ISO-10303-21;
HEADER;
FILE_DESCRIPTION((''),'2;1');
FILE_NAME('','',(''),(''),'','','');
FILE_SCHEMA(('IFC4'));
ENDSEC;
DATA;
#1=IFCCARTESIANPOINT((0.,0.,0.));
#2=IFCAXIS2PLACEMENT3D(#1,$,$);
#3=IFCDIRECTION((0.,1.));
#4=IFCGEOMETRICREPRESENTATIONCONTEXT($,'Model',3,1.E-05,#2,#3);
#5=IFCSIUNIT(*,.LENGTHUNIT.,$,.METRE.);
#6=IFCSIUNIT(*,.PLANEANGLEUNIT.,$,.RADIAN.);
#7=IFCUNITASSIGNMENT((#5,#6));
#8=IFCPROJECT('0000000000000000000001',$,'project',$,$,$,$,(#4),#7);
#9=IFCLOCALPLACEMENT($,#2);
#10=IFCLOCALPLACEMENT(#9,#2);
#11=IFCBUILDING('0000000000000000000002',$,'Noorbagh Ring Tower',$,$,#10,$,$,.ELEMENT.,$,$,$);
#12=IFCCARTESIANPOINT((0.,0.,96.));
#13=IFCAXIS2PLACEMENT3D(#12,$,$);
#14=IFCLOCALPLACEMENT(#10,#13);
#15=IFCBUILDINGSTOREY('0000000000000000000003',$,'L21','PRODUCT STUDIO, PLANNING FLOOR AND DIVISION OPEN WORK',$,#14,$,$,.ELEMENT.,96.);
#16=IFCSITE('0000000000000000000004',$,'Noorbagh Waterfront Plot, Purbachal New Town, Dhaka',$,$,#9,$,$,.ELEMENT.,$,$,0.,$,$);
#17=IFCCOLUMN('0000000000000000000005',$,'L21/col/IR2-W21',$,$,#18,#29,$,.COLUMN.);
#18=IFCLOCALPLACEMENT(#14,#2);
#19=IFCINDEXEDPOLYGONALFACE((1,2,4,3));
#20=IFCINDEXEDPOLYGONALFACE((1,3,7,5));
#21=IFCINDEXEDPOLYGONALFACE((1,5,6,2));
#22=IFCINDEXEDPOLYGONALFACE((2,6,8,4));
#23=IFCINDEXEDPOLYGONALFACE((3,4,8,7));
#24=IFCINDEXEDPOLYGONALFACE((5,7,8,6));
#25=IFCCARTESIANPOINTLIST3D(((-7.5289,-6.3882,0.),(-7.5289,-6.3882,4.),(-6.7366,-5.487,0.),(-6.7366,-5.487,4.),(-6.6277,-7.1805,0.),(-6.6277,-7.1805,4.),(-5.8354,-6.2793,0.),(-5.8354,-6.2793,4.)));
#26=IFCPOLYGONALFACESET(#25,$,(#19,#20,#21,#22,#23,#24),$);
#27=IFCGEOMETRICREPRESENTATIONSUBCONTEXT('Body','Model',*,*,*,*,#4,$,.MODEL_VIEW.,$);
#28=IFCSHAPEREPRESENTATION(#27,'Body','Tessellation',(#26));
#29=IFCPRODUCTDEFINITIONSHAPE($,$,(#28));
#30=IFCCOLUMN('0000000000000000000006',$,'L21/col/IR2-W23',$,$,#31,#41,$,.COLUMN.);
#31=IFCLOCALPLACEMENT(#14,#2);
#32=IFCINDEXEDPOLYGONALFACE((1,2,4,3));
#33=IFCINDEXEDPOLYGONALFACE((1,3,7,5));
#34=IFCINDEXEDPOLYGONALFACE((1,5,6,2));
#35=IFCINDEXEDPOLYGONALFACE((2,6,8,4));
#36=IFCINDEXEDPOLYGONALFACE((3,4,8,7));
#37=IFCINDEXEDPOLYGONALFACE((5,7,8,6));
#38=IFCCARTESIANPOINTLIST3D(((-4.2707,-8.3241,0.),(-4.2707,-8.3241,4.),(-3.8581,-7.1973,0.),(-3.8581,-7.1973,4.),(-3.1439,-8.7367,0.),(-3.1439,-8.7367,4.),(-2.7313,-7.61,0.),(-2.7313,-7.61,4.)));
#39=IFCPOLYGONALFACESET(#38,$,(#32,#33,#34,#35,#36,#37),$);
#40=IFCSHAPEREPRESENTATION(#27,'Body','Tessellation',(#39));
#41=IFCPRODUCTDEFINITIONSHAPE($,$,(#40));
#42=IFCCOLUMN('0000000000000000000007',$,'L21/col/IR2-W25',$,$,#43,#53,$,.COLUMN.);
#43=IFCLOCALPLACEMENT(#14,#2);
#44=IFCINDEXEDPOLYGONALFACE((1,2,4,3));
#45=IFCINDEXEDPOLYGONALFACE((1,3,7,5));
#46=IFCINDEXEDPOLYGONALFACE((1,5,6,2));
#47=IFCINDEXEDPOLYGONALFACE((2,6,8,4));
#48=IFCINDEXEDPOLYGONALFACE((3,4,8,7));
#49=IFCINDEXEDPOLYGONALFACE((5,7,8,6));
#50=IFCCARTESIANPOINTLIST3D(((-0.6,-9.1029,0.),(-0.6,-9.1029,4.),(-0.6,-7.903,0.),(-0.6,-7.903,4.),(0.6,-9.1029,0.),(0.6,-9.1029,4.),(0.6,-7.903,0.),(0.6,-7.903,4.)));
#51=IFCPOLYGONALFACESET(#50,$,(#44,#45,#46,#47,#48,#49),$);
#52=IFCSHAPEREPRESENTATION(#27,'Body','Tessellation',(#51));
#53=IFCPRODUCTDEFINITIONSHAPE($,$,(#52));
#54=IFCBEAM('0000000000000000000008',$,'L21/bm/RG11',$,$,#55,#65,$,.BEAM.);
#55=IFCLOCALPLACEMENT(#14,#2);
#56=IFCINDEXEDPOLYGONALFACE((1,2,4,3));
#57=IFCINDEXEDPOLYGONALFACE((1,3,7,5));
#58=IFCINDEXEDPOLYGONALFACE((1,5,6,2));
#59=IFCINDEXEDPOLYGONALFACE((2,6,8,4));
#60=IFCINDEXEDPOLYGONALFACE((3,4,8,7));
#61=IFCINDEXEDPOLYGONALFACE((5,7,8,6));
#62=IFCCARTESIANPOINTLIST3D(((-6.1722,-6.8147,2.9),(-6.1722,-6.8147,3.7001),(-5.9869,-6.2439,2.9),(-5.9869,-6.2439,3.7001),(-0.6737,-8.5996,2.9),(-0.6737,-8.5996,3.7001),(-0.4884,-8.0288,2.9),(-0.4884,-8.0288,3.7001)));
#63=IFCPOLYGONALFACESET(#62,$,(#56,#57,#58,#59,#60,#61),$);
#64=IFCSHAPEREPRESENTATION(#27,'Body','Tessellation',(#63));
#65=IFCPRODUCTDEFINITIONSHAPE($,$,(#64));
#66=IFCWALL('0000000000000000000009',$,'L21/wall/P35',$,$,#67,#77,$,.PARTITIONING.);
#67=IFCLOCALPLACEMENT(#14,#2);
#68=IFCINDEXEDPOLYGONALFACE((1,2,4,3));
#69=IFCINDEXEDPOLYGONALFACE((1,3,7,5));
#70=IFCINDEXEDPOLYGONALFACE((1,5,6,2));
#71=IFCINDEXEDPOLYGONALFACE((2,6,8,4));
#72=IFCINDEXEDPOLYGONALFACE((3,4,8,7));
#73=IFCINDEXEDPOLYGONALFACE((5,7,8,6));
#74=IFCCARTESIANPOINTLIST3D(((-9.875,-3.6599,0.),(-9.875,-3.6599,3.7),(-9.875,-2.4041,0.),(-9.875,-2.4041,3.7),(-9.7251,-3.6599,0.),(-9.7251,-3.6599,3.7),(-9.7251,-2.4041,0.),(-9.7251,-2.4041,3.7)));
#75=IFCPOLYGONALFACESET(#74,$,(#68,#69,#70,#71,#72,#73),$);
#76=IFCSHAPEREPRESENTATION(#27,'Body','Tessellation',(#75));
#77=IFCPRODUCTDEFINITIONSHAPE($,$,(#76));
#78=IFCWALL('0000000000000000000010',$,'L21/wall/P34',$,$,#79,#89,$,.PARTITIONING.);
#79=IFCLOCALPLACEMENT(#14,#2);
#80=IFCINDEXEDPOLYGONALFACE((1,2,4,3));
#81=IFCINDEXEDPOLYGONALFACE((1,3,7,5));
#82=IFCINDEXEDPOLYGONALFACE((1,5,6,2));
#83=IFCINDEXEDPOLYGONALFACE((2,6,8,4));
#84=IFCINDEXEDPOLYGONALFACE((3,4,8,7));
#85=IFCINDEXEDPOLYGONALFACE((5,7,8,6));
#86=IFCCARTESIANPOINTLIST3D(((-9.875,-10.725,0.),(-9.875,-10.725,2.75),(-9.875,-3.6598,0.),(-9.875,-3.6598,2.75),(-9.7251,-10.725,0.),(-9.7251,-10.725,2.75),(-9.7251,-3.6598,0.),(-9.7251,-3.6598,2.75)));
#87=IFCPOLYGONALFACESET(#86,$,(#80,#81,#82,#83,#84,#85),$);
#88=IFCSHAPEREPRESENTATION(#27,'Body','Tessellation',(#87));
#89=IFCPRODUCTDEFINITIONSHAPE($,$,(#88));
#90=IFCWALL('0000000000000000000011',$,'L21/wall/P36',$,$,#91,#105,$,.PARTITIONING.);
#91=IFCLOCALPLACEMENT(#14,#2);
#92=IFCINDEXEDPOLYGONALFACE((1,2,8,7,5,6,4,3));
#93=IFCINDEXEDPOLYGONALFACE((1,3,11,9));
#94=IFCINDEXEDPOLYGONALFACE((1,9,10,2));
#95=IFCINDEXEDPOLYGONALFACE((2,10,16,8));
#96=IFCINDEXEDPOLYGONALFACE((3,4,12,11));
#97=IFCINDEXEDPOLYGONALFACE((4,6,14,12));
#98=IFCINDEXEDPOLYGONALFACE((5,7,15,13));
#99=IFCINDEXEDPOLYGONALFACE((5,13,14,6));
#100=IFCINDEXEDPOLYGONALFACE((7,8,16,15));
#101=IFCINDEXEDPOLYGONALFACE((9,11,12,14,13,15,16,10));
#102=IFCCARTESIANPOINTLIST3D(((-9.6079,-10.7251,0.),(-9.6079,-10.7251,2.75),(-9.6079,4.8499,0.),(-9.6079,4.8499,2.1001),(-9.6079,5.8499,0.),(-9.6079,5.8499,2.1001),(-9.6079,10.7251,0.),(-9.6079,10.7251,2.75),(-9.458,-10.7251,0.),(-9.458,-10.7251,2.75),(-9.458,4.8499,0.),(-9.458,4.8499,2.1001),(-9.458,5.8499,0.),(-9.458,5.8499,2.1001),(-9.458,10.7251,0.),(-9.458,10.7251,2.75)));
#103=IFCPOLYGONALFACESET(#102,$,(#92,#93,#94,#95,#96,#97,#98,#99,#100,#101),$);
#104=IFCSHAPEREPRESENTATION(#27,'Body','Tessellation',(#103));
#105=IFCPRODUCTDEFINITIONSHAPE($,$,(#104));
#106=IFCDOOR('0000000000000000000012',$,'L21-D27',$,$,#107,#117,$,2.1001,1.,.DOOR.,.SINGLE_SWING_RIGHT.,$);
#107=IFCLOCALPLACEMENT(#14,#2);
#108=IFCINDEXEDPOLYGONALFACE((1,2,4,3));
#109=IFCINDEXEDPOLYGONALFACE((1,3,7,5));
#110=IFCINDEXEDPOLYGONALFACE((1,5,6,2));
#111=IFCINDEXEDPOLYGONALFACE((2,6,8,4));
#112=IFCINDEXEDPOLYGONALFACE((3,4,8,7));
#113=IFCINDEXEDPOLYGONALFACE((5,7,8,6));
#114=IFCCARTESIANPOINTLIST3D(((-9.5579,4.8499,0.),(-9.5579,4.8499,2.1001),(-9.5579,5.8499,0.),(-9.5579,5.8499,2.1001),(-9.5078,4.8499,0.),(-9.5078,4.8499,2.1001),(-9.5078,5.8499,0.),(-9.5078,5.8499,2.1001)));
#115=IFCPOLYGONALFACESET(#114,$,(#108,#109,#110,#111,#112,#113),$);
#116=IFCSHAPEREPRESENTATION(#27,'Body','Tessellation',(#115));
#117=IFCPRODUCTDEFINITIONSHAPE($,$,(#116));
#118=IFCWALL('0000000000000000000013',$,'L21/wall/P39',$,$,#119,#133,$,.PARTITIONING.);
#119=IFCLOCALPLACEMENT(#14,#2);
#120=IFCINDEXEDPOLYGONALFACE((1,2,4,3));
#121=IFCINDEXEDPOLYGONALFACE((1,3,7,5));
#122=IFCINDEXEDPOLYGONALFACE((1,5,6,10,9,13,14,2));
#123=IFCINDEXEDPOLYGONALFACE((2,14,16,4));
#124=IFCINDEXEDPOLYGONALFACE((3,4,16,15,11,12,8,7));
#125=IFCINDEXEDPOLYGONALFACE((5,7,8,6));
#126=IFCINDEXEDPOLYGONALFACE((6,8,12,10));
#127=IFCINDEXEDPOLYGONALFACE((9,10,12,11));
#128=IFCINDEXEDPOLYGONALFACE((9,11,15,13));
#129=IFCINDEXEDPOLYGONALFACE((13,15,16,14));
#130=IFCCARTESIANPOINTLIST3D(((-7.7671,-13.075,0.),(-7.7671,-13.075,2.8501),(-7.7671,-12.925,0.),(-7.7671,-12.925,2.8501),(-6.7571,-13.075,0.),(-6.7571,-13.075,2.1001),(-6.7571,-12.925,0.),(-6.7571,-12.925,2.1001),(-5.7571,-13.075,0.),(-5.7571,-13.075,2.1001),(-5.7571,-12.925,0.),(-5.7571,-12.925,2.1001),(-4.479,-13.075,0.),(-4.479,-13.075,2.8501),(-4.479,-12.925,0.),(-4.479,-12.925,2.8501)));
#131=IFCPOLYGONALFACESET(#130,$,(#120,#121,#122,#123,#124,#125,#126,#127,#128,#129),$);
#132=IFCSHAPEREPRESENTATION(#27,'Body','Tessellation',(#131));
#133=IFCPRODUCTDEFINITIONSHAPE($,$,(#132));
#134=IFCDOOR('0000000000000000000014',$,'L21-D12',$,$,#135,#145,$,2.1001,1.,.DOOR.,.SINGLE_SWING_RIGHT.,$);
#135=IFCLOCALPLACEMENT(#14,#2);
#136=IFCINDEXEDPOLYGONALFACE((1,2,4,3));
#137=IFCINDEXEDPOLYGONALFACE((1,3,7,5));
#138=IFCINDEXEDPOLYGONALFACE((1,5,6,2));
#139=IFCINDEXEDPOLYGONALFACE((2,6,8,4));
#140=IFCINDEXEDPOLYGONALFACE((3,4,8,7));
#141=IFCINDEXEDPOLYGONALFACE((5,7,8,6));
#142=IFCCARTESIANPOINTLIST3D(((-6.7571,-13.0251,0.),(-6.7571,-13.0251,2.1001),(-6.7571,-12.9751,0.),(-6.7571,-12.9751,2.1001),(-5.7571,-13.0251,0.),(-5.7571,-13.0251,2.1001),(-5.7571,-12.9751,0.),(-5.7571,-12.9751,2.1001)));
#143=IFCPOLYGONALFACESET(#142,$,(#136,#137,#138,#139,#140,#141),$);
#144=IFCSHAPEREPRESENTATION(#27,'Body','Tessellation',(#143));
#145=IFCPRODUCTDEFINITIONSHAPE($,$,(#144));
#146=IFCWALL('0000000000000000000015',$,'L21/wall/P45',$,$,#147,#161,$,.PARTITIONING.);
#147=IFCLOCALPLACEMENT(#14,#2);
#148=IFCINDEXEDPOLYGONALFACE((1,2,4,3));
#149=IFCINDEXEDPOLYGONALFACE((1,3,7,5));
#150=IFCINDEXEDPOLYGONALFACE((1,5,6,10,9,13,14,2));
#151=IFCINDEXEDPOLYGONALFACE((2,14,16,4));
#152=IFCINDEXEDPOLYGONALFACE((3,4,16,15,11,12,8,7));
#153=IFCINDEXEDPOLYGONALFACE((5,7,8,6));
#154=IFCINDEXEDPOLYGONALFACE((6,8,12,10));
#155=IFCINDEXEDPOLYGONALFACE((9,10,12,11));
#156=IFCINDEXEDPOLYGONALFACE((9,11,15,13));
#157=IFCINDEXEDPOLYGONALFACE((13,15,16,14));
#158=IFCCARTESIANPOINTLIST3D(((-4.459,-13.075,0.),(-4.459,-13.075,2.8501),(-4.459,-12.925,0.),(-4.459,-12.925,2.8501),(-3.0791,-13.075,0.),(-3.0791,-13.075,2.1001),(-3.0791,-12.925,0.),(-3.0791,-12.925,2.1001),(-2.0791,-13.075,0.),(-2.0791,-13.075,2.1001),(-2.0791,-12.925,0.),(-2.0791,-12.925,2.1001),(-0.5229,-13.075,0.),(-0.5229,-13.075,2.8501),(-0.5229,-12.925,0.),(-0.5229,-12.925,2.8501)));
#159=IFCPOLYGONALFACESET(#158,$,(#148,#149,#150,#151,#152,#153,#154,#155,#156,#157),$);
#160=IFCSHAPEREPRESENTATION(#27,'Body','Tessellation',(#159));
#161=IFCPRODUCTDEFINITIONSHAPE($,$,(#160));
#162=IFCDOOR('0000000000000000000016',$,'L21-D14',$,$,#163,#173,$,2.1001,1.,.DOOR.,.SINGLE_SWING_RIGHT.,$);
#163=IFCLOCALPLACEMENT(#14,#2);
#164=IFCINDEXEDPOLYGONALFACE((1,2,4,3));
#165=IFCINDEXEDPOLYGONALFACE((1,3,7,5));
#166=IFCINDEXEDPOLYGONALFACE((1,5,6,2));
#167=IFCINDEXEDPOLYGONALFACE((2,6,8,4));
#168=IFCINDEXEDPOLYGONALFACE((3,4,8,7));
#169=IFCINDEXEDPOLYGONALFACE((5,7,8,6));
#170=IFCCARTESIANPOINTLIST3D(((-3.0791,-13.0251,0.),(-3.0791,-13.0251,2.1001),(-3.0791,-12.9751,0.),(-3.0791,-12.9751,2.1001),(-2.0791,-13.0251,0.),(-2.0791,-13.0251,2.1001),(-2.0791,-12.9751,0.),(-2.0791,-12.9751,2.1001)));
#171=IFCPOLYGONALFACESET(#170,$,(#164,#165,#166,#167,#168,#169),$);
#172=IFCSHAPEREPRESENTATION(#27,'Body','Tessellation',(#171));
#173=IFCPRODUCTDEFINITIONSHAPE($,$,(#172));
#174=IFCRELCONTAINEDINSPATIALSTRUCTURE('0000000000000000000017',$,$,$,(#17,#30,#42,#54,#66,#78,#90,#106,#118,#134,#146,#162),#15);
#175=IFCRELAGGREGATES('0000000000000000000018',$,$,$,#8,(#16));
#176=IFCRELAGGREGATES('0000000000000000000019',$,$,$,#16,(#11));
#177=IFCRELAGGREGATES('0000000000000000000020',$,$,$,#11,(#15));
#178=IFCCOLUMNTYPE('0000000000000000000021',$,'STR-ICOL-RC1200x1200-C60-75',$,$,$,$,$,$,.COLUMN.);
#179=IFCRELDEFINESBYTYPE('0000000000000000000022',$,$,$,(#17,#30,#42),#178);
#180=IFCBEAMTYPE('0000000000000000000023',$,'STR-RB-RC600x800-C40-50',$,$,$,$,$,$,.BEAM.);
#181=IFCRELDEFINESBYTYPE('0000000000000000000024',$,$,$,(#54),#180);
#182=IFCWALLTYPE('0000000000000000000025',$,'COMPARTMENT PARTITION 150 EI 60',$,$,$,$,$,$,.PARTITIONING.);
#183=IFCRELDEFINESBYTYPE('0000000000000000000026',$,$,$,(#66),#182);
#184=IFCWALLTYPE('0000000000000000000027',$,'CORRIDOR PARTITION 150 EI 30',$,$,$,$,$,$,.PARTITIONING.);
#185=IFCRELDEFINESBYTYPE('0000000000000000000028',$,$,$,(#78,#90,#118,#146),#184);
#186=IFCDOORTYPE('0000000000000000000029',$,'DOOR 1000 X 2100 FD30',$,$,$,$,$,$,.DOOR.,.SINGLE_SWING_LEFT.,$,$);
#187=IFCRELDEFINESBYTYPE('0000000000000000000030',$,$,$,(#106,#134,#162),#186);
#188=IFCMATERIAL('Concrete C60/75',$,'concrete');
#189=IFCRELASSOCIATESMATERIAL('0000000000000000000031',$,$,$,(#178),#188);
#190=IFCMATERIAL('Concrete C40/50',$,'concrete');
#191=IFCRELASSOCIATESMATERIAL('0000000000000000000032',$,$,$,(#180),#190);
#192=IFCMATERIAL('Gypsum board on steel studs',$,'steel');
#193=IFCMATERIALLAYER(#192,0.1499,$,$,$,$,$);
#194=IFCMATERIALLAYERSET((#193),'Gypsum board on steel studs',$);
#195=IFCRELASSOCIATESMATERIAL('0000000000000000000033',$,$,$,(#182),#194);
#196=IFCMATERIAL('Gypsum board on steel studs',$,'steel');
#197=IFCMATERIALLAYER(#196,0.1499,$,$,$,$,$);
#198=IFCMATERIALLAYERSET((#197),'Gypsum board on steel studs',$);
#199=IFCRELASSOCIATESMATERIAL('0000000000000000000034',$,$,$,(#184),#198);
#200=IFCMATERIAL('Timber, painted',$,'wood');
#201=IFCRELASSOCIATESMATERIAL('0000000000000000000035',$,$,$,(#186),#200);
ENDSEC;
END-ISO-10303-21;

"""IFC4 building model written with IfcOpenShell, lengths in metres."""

from ifc_helpers import new_model, si_unit, direction, frame, frame_2d, origin, origin_2d, place, context, subcontext, project, spatial, rectangle, extrude, material, layer, layer_set, material_profile, profile_set, type_object, element, fill, save


model = new_model("IFC4")

# Units and contexts
model_context = context("Model", 3, precision=1e-05, world=origin(), true_north=direction((0.0, 1.0)))
body_context = subcontext(model_context, "Body", "Model", "MODEL_VIEW")
ifc_project = project(units=[si_unit("LENGTHUNIT", "METRE"), si_unit("PLANEANGLEUNIT", "RADIAN")], contexts=[model_context])

# Site, building, storey
site_placement = place(None, origin())
site = spatial("IfcSite", under=ifc_project, at=site_placement, Name="Noorbagh Waterfront Plot, Purbachal New Town, Dhaka", CompositionType="ELEMENT", RefElevation=0.0)
building_placement = place(site_placement, origin())
building = spatial("IfcBuilding", under=site, at=building_placement, Name="Noorbagh Ring Tower", CompositionType="ELEMENT")
storey_placement = place(building_placement, frame((0.0, 0.0, 96.0)))
storey = spatial("IfcBuildingStorey", under=building, at=storey_placement, Name="L21", Description="PRODUCT STUDIO, PLANNING FLOOR AND DIVISION OPEN WORK", CompositionType="ELEMENT", Elevation=96.0)

# Columns
ifc_material_1 = material(Name="Concrete C60/75", Category="concrete")
ifc_material_profile_1 = material_profile(ifc_material_1, rectangle(XDim=1.2, YDim=1.2, at=origin_2d()), Name="RC1200x1200")
ifc_profile_set_1 = profile_set([ifc_material_profile_1], Name="Concrete C60/75")
column_type = type_object("IfcColumnType", Name="STR-ICOL-RC1200x1200-C60-75", PredefinedType="COLUMN", material=ifc_profile_set_1)
for number, where, z_axis, x_axis, name in (
    (1, (-6.6821, -6.3337, 0.0), (0.0, 0.0, 1.0), (0.751022, -0.660277, 0.0), "L21/col/IR2-W21"),
    (2, (-3.501, -7.967, 0.0), (0.0, 0.0, 1.0), (0.93902, -0.343864, 0.0), "L21/col/IR2-W23"),
    (3, (0.0, -8.5029, 0.0), (0.0, 0.0, 1.0), (1.0, 0.0, 0.0), "L21/col/IR2-W25"),
):
    element("IfcColumn", number, at=place(storey_placement, frame(where, z_axis=z_axis, x_axis=x_axis)), inside=storey, type_object=column_type, Name=name, PredefinedType="COLUMN", context=body_context, shape_type="SweptSolid", body=[
        extrude(rectangle(XDim=1.2, YDim=1.2, at=origin_2d()), origin(), (0.0, 0.0, 1.0), 4.0),
    ])

# Beam
ifc_material_2 = material(Name="Concrete C40/50", Category="concrete")
ifc_material_profile_2 = material_profile(ifc_material_2, rectangle(XDim=0.6001, YDim=0.8, at=origin_2d()), Name="RC600x800")
ifc_profile_set_2 = profile_set([ifc_material_profile_2], Name="Concrete C40/50")
beam_type = type_object("IfcBeamType", Name="STR-RB-RC600x800-C40-50", PredefinedType="BEAM", material=ifc_profile_set_2)
beam_placement = place(storey_placement, frame((-6.0796, -6.5293, 3.3), z_axis=(0.951141, -0.308756, 0.0), x_axis=(0.308756, 0.951141, 0.0)))
element("IfcBeam", 4, at=beam_placement, inside=storey, type_object=beam_type, Name="L21/bm/RG11", PredefinedType="BEAM", context=body_context, shape_type="SweptSolid", body=[
    extrude(rectangle(XDim=0.6001, YDim=0.8, at=origin_2d()), origin(), (0.0, 0.0, 1.0), 5.781),
])

# Walls
ifc_material_3 = material(Name="Gypsum board on steel studs", Category="steel")
ifc_layer_1 = layer(ifc_material_3, 0.1499)
ifc_layer_set_1 = layer_set([ifc_layer_1], Name="Gypsum board on steel studs")
wall_type_1 = type_object("IfcWallType", Name="COMPARTMENT PARTITION 150 EI 60", PredefinedType="PARTITIONING", material=ifc_layer_set_1)
wall_1_placement = place(storey_placement, frame((-9.8, -3.6599, 0.0), z_axis=(0.0, 0.0, 1.0), x_axis=(0.0, 1.0, 0.0)))
element("IfcWall", 5, at=wall_1_placement, inside=storey, type_object=wall_type_1, Name="L21/wall/P35", PredefinedType="PARTITIONING", context=body_context, shape_type="SweptSolid", body=[
    extrude(rectangle(XDim=1.2559, YDim=0.1499, at=frame_2d((0.6279, 0.0))), origin(), (0.0, 0.0, 1.0), 3.7),
])
ifc_material_4 = material(Name="Gypsum board on steel studs", Category="steel")
ifc_layer_2 = layer(ifc_material_4, 0.1499)
ifc_layer_set_2 = layer_set([ifc_layer_2], Name="Gypsum board on steel studs")
wall_type_2 = type_object("IfcWallType", Name="CORRIDOR PARTITION 150 EI 30", PredefinedType="PARTITIONING", material=ifc_layer_set_2)
wall_2_placement = place(storey_placement, frame((-9.8, -10.7251, 0.0), z_axis=(0.0, 0.0, 1.0), x_axis=(0.0, 1.0, 0.0)))
element("IfcWall", 6, at=wall_2_placement, inside=storey, type_object=wall_type_2, Name="L21/wall/P34", PredefinedType="PARTITIONING", context=body_context, shape_type="SweptSolid", body=[
    extrude(rectangle(XDim=7.0652, YDim=0.1499, at=frame_2d((3.5327, 0.0))), origin(), (0.0, 0.0, 1.0), 2.75),
])

# Walls, openings, doors
wall_3_placement = place(storey_placement, frame((-9.533, -10.7251, 0.0), z_axis=(0.0, 0.0, 1.0), x_axis=(0.0, 1.0, 0.0)))
wall_3 = element("IfcWall", 7, at=wall_3_placement, inside=storey, type_object=wall_type_2, Name="L21/wall/P36", PredefinedType="PARTITIONING", context=body_context, shape_type="SweptSolid", body=[
    extrude(rectangle(XDim=21.4502, YDim=0.1499, at=frame_2d((10.7251, 0.0))), origin(), (0.0, 0.0, 1.0), 2.75),
])
opening_1_placement = place(wall_3_placement, frame((15.575, 0.0, 0.0)))
opening_1 = element("IfcOpeningElement", 8, at=opening_1_placement, cuts=wall_3, PredefinedType="OPENING", context=body_context, shape_type="SweptSolid", body=[
    extrude(rectangle(XDim=1.0, YDim=2.1001, at=frame_2d((0.5, 1.05))), frame((0.0, 0.085, 0.0), z_axis=(0.0, -1.0, 0.0), x_axis=(1.0, 0.0, 0.0)), (0.0, 0.0, 1.0), 0.1699),
])
ifc_material_5 = material(Name="Timber, painted", Category="wood")
door_type = type_object("IfcDoorType", Name="DOOR 1000 X 2100 FD30", OperationType="SINGLE_SWING_LEFT", PredefinedType="DOOR", material=ifc_material_5)
door_1_placement = place(opening_1_placement, origin())
door_1 = element("IfcDoor", 9, at=door_1_placement, inside=storey, type_object=door_type, Name="L21-D27", OperationType="SINGLE_SWING_RIGHT", OverallHeight=2.1001, OverallWidth=1.0, PredefinedType="DOOR", context=body_context, shape_type="SweptSolid", body=[
    extrude(rectangle(XDim=1.0, YDim=2.1001, at=frame_2d((0.5, 1.05))), frame((0.0, 0.0249, 0.0), z_axis=(0.0, -1.0, 0.0), x_axis=(1.0, 0.0, 0.0)), (0.0, 0.0, 1.0), 0.05),
])
fill(opening_1, door_1)
wall_4_placement = place(storey_placement, frame((-7.7671, -13.0, 0.0), z_axis=(0.0, 0.0, 1.0), x_axis=(1.0, 0.0, 0.0)))
wall_4 = element("IfcWall", 10, at=wall_4_placement, inside=storey, type_object=wall_type_2, Name="L21/wall/P39", PredefinedType="PARTITIONING", context=body_context, shape_type="SweptSolid", body=[
    extrude(rectangle(XDim=3.2881, YDim=0.1499, at=frame_2d((1.644, 0.0))), origin(), (0.0, 0.0, 1.0), 2.8501),
])
opening_2_placement = place(wall_4_placement, frame((1.01, 0.0, 0.0)))
opening_2 = element("IfcOpeningElement", 11, at=opening_2_placement, cuts=wall_4, PredefinedType="OPENING", context=body_context, shape_type="SweptSolid", body=[
    extrude(rectangle(XDim=1.0, YDim=2.1001, at=frame_2d((0.5, 1.05))), frame((0.0, 0.085, 0.0), z_axis=(0.0, -1.0, 0.0), x_axis=(1.0, 0.0, 0.0)), (0.0, 0.0, 1.0), 0.1699),
])
door_2_placement = place(opening_2_placement, origin())
door_2 = element("IfcDoor", 12, at=door_2_placement, inside=storey, type_object=door_type, Name="L21-D12", OperationType="SINGLE_SWING_RIGHT", OverallHeight=2.1001, OverallWidth=1.0, PredefinedType="DOOR", context=body_context, shape_type="SweptSolid", body=[
    extrude(rectangle(XDim=1.0, YDim=2.1001, at=frame_2d((0.5, 1.05))), frame((0.0, 0.0249, 0.0), z_axis=(0.0, -1.0, 0.0), x_axis=(1.0, 0.0, 0.0)), (0.0, 0.0, 1.0), 0.05),
])
fill(opening_2, door_2)
wall_5_placement = place(storey_placement, frame((-4.459, -13.0, 0.0), z_axis=(0.0, 0.0, 1.0), x_axis=(1.0, 0.0, 0.0)))
wall_5 = element("IfcWall", 13, at=wall_5_placement, inside=storey, type_object=wall_type_2, Name="L21/wall/P45", PredefinedType="PARTITIONING", context=body_context, shape_type="SweptSolid", body=[
    extrude(rectangle(XDim=3.936, YDim=0.1499, at=frame_2d((1.968, 0.0))), origin(), (0.0, 0.0, 1.0), 2.8501),
])
opening_3_placement = place(wall_5_placement, frame((1.3799, 0.0, 0.0)))
opening_3 = element("IfcOpeningElement", 14, at=opening_3_placement, cuts=wall_5, PredefinedType="OPENING", context=body_context, shape_type="SweptSolid", body=[
    extrude(rectangle(XDim=1.0, YDim=2.1001, at=frame_2d((0.5, 1.05))), frame((0.0, 0.085, 0.0), z_axis=(0.0, -1.0, 0.0), x_axis=(1.0, 0.0, 0.0)), (0.0, 0.0, 1.0), 0.1699),
])
door_3_placement = place(opening_3_placement, origin())
door_3 = element("IfcDoor", 15, at=door_3_placement, inside=storey, type_object=door_type, Name="L21-D14", OperationType="SINGLE_SWING_RIGHT", OverallHeight=2.1001, OverallWidth=1.0, PredefinedType="DOOR", context=body_context, shape_type="SweptSolid", body=[
    extrude(rectangle(XDim=1.0, YDim=2.1001, at=frame_2d((0.5, 1.05))), frame((0.0, 0.0249, 0.0), z_axis=(0.0, -1.0, 0.0), x_axis=(1.0, 0.0, 0.0)), (0.0, 0.0, 1.0), 0.05),
])
fill(opening_3, door_3)

save(model, "model.ifc")
